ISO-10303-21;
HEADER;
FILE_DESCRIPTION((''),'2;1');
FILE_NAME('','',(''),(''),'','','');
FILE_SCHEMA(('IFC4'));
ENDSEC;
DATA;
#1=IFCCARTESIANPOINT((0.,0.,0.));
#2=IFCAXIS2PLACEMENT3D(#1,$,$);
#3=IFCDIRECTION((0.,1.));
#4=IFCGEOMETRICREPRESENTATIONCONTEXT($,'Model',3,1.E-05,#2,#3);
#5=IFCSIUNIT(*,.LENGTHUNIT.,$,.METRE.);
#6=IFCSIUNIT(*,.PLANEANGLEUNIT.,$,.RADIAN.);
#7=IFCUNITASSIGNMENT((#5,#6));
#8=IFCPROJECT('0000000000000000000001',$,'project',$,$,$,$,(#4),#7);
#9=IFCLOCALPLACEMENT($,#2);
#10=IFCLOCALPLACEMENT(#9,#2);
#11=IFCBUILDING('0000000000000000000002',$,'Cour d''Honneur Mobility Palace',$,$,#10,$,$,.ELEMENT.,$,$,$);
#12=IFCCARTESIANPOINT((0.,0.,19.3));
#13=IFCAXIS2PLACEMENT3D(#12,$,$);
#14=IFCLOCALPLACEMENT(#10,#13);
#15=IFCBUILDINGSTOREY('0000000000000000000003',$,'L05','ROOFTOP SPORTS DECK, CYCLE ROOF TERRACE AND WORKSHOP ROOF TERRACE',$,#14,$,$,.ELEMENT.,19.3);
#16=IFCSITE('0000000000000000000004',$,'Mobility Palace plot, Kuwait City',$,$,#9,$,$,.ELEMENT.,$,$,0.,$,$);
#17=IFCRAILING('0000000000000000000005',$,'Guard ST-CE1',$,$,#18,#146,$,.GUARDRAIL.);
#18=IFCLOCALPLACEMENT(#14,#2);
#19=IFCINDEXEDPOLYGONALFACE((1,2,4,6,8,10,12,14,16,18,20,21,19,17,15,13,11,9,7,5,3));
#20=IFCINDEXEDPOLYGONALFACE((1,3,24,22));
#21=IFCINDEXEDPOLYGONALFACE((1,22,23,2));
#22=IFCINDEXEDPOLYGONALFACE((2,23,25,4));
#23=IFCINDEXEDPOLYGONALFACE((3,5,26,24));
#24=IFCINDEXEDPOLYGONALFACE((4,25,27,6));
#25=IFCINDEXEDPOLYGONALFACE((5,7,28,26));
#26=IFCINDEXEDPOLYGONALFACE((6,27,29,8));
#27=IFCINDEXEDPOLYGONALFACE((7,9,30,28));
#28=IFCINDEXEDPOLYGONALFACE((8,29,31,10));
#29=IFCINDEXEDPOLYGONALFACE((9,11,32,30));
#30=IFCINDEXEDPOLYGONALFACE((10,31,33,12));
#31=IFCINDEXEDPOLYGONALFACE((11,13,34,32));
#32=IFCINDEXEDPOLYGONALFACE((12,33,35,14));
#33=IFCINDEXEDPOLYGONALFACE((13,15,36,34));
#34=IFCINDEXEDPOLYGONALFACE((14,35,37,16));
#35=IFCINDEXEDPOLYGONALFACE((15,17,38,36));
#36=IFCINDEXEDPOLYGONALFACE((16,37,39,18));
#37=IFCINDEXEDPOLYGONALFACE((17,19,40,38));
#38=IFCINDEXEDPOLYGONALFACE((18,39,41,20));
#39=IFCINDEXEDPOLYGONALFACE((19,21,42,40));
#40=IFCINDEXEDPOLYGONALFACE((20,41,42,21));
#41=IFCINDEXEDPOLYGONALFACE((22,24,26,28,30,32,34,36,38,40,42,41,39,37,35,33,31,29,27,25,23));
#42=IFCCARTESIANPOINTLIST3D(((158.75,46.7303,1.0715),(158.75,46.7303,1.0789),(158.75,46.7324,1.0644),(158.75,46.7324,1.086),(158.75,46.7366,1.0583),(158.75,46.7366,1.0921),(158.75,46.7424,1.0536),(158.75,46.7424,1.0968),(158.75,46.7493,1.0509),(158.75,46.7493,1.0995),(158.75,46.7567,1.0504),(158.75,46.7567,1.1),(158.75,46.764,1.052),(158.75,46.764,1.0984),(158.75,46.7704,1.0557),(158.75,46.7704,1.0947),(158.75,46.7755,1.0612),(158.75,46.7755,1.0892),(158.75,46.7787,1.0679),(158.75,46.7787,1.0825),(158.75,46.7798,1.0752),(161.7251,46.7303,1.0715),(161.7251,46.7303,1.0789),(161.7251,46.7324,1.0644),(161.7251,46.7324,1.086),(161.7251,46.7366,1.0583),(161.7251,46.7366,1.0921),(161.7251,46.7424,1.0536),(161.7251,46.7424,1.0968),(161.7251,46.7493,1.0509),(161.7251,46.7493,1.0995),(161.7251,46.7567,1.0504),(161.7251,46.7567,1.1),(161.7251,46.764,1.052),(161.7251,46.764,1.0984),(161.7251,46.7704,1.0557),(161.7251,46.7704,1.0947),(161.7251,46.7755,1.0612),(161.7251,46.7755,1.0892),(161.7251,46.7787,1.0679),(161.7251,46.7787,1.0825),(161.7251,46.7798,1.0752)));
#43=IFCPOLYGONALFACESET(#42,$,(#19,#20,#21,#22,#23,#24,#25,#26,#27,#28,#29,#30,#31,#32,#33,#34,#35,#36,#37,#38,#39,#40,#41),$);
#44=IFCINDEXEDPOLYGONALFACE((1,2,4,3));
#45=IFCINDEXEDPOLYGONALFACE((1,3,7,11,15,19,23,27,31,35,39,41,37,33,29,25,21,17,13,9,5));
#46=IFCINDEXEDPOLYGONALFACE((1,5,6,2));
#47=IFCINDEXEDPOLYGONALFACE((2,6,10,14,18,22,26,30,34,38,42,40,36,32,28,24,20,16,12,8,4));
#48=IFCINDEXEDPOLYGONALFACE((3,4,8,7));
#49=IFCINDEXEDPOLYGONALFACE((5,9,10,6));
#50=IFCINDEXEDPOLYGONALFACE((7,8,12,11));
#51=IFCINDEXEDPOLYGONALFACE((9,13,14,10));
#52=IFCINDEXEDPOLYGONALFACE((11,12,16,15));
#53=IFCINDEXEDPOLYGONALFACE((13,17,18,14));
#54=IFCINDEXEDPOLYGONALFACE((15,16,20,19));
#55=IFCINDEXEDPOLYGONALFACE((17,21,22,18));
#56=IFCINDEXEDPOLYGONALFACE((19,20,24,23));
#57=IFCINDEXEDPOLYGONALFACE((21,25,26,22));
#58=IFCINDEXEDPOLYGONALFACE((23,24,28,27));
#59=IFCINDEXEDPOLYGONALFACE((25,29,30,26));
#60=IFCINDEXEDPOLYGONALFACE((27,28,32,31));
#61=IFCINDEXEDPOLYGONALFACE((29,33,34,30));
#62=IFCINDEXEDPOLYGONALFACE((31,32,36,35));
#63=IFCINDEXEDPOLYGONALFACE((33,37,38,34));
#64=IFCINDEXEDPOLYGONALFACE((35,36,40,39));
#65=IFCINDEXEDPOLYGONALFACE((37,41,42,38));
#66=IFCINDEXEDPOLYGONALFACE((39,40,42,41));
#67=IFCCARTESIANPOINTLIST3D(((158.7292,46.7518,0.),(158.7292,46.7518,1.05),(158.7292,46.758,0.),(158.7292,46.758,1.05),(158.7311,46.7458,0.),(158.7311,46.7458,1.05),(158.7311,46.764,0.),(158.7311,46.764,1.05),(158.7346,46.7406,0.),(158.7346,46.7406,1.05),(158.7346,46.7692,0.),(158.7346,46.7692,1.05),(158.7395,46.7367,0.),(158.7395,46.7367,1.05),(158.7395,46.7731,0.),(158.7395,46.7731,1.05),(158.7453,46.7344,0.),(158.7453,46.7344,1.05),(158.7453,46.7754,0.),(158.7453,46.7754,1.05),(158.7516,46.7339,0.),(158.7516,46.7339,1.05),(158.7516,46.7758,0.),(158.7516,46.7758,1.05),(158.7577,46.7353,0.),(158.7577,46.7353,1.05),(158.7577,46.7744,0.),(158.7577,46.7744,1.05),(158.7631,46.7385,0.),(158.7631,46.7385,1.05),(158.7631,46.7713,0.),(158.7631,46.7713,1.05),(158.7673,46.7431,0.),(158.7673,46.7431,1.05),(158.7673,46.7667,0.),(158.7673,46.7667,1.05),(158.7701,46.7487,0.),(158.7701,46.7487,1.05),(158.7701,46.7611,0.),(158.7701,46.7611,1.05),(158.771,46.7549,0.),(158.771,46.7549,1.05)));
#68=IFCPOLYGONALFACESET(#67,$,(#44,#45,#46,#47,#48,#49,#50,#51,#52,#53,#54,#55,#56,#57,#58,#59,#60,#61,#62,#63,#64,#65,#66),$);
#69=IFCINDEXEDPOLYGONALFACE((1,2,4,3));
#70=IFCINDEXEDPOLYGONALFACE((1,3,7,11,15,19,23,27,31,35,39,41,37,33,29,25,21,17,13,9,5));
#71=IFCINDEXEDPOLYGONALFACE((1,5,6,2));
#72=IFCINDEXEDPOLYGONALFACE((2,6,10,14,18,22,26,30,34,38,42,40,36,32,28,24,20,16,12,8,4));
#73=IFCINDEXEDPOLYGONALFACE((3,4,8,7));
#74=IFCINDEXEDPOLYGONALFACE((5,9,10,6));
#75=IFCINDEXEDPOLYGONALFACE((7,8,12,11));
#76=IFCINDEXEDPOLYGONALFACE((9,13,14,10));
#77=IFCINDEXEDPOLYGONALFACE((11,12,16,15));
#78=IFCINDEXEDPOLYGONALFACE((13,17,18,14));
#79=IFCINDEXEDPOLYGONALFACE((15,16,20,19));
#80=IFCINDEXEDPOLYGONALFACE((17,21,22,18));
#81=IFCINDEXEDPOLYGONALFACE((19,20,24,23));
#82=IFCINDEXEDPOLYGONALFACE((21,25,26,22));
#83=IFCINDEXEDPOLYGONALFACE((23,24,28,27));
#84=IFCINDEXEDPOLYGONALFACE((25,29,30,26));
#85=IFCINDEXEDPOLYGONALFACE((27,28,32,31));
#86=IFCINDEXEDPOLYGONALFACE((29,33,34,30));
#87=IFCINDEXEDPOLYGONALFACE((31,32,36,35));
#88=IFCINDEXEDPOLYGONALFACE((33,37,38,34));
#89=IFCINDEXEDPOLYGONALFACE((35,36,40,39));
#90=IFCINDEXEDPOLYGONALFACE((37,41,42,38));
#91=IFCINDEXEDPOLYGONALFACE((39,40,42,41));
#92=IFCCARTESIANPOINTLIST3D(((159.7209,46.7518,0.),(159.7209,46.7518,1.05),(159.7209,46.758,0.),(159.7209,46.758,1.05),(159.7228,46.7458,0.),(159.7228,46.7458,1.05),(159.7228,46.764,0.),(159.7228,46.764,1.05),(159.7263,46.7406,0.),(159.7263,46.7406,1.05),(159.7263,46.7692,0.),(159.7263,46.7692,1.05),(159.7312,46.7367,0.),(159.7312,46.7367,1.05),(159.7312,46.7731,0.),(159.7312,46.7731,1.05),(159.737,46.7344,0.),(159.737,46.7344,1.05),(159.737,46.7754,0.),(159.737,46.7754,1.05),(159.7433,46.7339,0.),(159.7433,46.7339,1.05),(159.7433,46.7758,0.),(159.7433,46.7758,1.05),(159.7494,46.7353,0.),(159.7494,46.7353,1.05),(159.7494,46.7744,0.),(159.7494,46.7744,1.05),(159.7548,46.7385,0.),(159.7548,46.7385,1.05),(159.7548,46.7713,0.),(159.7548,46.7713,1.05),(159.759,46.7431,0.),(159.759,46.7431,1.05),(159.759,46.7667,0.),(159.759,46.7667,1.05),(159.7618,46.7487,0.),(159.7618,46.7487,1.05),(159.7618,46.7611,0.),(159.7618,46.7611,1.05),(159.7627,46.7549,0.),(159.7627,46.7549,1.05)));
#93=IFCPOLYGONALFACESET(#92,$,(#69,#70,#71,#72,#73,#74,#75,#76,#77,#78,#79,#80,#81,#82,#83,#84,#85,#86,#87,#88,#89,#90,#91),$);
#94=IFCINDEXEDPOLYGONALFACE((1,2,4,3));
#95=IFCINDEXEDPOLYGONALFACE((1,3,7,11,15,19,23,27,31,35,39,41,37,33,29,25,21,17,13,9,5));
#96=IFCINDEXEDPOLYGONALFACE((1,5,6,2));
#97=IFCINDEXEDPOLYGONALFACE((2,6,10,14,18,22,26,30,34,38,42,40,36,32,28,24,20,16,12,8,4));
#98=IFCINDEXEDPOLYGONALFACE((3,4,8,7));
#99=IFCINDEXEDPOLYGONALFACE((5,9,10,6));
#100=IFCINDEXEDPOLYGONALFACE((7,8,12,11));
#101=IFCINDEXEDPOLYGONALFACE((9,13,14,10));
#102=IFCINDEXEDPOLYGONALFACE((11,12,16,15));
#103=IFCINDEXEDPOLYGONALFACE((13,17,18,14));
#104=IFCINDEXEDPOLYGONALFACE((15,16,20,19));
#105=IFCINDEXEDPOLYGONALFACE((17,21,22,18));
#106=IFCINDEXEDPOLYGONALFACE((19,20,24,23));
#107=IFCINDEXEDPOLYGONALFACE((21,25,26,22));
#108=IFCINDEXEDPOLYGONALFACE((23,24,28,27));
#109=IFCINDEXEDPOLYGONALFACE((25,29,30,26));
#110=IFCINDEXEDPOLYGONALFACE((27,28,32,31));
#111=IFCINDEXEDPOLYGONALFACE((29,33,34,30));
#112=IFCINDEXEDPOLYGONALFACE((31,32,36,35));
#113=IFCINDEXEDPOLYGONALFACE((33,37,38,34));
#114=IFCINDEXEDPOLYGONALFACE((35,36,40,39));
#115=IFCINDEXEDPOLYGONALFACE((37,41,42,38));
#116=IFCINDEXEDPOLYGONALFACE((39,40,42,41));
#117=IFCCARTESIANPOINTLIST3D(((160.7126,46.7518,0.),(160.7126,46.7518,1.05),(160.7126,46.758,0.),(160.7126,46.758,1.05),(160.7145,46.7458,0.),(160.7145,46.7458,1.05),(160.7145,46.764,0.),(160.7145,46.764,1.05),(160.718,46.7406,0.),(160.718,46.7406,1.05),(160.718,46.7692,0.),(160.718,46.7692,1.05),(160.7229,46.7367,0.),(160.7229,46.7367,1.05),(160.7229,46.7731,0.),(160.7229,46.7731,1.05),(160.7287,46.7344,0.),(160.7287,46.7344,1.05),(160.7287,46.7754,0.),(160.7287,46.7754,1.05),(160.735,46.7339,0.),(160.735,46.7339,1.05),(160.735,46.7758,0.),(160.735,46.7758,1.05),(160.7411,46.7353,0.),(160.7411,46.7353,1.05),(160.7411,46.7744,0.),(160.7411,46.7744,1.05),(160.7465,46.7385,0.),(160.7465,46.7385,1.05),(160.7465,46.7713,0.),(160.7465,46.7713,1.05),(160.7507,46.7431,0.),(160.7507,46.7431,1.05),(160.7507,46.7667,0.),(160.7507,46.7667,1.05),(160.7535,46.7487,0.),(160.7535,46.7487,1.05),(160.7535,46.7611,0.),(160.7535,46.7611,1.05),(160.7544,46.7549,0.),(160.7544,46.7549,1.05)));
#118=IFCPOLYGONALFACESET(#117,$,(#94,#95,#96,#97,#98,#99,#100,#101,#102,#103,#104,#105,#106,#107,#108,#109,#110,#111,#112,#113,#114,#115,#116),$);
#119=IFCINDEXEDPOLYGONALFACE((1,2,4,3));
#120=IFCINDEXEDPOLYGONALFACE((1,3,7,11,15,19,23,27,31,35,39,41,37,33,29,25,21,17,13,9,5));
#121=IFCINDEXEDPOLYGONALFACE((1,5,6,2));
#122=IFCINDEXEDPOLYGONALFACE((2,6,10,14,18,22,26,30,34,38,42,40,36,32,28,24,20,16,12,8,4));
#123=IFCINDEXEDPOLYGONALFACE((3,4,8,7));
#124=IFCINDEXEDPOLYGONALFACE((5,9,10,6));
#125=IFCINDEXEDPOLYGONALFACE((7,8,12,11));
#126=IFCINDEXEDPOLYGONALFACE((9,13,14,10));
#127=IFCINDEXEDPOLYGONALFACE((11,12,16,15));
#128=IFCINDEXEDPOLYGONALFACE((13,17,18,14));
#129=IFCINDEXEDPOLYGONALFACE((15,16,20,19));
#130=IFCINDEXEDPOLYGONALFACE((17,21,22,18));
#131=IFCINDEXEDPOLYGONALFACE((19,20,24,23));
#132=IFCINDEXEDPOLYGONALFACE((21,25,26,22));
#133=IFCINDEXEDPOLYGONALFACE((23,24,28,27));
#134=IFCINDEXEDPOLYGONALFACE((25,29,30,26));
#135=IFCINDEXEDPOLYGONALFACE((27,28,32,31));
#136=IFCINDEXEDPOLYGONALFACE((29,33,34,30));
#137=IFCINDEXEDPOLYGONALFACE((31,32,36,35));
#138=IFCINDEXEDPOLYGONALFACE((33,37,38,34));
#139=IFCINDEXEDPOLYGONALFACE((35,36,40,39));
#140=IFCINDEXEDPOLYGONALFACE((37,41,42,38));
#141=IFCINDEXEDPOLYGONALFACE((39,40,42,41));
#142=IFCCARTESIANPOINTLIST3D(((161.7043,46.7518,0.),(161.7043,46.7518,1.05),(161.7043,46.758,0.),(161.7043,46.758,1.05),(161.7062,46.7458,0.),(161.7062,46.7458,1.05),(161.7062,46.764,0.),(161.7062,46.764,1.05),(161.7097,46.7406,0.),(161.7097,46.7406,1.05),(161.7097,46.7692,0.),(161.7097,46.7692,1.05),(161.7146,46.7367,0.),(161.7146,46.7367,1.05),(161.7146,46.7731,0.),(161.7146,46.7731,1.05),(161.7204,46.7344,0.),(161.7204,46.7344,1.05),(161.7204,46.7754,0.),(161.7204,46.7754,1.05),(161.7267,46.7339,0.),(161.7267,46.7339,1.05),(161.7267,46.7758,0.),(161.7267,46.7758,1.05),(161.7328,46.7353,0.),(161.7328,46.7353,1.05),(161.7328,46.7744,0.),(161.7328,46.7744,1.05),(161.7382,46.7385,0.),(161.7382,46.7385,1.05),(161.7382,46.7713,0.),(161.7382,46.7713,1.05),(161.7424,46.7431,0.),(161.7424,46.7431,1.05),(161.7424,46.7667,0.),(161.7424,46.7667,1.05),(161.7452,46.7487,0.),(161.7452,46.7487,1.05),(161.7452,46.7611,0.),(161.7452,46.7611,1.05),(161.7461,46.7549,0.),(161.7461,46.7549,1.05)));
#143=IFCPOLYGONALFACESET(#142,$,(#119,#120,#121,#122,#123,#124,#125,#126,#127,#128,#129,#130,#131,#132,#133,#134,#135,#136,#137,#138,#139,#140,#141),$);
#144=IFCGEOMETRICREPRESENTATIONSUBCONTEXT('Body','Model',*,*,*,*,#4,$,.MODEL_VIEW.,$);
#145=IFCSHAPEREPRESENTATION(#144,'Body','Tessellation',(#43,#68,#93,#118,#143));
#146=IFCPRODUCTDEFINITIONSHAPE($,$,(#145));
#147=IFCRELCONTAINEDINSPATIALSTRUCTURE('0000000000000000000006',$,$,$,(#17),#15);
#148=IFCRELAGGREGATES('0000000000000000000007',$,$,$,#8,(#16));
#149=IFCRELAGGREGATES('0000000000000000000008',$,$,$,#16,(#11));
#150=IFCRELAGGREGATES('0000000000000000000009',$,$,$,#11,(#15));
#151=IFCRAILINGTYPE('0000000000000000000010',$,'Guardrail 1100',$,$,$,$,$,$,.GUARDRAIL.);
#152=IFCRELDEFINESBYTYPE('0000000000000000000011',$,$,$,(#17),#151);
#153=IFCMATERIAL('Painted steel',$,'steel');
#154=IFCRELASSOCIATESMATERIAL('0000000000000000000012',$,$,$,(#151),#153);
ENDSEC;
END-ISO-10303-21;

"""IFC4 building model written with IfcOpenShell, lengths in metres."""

from ifc_helpers import new_model, si_unit, direction, frame, origin, origin_2d, place, context, subcontext, project, spatial, circle, extrude, material, type_object, element, save


model = new_model("IFC4")

# Units and contexts
model_context = context("Model", 3, precision=1e-05, world=origin(), true_north=direction((0.0, 1.0)))
body_context = subcontext(model_context, "Body", "Model", "MODEL_VIEW")
ifc_project = project(units=[si_unit("LENGTHUNIT", "METRE"), si_unit("PLANEANGLEUNIT", "RADIAN")], contexts=[model_context])

# Site, building, storey
site_placement = place(None, origin())
site = spatial("IfcSite", under=ifc_project, at=site_placement, Name="Mobility Palace plot, Kuwait City", CompositionType="ELEMENT", RefElevation=0.0)
building_placement = place(site_placement, origin())
building = spatial("IfcBuilding", under=site, at=building_placement, Name="Cour d'Honneur Mobility Palace", CompositionType="ELEMENT")
storey_placement = place(building_placement, frame((0.0, 0.0, 19.3)))
storey = spatial("IfcBuildingStorey", under=building, at=storey_placement, Name="L05", Description="ROOFTOP SPORTS DECK, CYCLE ROOF TERRACE AND WORKSHOP ROOF TERRACE", CompositionType="ELEMENT", Elevation=19.3)

# Railing
ifc_material_1 = material(Name="Painted steel", Category="steel")
railing_type_1 = type_object("IfcRailingType", Name="Guardrail 1100", PredefinedType="GUARDRAIL", material=ifc_material_1)
railing_1_placement = place(storey_placement, frame((158.75, 46.7549, 0.0)))
element("IfcRailing", 1, at=railing_1_placement, inside=storey, type_object=railing_type_1, Name="Guard ST-CE1", PredefinedType="GUARDRAIL", context=body_context, shape_type="SweptSolid", body=[
    extrude(circle(Radius=0.0249, at=origin_2d()), frame((0.0, 0.0, 1.0752), z_axis=(1.0, 0.0, 0.0), x_axis=(0.0, 1.0, 0.0)), (0.0, 0.0, 1.0), 2.9751),
    extrude(circle(Radius=0.021, at=origin_2d()), origin(), (0.0, 0.0, 1.0), 1.05),
    extrude(circle(Radius=0.021, at=origin_2d()), frame((0.9917, 0.0, 0.0)), (0.0, 0.0, 1.0), 1.05),
    extrude(circle(Radius=0.021, at=origin_2d()), frame((1.9834, 0.0, 0.0)), (0.0, 0.0, 1.0), 1.05),
    extrude(circle(Radius=0.021, at=origin_2d()), frame((2.9751, 0.0, 0.0)), (0.0, 0.0, 1.0), 1.05),
])

save(model, "model.ifc")
